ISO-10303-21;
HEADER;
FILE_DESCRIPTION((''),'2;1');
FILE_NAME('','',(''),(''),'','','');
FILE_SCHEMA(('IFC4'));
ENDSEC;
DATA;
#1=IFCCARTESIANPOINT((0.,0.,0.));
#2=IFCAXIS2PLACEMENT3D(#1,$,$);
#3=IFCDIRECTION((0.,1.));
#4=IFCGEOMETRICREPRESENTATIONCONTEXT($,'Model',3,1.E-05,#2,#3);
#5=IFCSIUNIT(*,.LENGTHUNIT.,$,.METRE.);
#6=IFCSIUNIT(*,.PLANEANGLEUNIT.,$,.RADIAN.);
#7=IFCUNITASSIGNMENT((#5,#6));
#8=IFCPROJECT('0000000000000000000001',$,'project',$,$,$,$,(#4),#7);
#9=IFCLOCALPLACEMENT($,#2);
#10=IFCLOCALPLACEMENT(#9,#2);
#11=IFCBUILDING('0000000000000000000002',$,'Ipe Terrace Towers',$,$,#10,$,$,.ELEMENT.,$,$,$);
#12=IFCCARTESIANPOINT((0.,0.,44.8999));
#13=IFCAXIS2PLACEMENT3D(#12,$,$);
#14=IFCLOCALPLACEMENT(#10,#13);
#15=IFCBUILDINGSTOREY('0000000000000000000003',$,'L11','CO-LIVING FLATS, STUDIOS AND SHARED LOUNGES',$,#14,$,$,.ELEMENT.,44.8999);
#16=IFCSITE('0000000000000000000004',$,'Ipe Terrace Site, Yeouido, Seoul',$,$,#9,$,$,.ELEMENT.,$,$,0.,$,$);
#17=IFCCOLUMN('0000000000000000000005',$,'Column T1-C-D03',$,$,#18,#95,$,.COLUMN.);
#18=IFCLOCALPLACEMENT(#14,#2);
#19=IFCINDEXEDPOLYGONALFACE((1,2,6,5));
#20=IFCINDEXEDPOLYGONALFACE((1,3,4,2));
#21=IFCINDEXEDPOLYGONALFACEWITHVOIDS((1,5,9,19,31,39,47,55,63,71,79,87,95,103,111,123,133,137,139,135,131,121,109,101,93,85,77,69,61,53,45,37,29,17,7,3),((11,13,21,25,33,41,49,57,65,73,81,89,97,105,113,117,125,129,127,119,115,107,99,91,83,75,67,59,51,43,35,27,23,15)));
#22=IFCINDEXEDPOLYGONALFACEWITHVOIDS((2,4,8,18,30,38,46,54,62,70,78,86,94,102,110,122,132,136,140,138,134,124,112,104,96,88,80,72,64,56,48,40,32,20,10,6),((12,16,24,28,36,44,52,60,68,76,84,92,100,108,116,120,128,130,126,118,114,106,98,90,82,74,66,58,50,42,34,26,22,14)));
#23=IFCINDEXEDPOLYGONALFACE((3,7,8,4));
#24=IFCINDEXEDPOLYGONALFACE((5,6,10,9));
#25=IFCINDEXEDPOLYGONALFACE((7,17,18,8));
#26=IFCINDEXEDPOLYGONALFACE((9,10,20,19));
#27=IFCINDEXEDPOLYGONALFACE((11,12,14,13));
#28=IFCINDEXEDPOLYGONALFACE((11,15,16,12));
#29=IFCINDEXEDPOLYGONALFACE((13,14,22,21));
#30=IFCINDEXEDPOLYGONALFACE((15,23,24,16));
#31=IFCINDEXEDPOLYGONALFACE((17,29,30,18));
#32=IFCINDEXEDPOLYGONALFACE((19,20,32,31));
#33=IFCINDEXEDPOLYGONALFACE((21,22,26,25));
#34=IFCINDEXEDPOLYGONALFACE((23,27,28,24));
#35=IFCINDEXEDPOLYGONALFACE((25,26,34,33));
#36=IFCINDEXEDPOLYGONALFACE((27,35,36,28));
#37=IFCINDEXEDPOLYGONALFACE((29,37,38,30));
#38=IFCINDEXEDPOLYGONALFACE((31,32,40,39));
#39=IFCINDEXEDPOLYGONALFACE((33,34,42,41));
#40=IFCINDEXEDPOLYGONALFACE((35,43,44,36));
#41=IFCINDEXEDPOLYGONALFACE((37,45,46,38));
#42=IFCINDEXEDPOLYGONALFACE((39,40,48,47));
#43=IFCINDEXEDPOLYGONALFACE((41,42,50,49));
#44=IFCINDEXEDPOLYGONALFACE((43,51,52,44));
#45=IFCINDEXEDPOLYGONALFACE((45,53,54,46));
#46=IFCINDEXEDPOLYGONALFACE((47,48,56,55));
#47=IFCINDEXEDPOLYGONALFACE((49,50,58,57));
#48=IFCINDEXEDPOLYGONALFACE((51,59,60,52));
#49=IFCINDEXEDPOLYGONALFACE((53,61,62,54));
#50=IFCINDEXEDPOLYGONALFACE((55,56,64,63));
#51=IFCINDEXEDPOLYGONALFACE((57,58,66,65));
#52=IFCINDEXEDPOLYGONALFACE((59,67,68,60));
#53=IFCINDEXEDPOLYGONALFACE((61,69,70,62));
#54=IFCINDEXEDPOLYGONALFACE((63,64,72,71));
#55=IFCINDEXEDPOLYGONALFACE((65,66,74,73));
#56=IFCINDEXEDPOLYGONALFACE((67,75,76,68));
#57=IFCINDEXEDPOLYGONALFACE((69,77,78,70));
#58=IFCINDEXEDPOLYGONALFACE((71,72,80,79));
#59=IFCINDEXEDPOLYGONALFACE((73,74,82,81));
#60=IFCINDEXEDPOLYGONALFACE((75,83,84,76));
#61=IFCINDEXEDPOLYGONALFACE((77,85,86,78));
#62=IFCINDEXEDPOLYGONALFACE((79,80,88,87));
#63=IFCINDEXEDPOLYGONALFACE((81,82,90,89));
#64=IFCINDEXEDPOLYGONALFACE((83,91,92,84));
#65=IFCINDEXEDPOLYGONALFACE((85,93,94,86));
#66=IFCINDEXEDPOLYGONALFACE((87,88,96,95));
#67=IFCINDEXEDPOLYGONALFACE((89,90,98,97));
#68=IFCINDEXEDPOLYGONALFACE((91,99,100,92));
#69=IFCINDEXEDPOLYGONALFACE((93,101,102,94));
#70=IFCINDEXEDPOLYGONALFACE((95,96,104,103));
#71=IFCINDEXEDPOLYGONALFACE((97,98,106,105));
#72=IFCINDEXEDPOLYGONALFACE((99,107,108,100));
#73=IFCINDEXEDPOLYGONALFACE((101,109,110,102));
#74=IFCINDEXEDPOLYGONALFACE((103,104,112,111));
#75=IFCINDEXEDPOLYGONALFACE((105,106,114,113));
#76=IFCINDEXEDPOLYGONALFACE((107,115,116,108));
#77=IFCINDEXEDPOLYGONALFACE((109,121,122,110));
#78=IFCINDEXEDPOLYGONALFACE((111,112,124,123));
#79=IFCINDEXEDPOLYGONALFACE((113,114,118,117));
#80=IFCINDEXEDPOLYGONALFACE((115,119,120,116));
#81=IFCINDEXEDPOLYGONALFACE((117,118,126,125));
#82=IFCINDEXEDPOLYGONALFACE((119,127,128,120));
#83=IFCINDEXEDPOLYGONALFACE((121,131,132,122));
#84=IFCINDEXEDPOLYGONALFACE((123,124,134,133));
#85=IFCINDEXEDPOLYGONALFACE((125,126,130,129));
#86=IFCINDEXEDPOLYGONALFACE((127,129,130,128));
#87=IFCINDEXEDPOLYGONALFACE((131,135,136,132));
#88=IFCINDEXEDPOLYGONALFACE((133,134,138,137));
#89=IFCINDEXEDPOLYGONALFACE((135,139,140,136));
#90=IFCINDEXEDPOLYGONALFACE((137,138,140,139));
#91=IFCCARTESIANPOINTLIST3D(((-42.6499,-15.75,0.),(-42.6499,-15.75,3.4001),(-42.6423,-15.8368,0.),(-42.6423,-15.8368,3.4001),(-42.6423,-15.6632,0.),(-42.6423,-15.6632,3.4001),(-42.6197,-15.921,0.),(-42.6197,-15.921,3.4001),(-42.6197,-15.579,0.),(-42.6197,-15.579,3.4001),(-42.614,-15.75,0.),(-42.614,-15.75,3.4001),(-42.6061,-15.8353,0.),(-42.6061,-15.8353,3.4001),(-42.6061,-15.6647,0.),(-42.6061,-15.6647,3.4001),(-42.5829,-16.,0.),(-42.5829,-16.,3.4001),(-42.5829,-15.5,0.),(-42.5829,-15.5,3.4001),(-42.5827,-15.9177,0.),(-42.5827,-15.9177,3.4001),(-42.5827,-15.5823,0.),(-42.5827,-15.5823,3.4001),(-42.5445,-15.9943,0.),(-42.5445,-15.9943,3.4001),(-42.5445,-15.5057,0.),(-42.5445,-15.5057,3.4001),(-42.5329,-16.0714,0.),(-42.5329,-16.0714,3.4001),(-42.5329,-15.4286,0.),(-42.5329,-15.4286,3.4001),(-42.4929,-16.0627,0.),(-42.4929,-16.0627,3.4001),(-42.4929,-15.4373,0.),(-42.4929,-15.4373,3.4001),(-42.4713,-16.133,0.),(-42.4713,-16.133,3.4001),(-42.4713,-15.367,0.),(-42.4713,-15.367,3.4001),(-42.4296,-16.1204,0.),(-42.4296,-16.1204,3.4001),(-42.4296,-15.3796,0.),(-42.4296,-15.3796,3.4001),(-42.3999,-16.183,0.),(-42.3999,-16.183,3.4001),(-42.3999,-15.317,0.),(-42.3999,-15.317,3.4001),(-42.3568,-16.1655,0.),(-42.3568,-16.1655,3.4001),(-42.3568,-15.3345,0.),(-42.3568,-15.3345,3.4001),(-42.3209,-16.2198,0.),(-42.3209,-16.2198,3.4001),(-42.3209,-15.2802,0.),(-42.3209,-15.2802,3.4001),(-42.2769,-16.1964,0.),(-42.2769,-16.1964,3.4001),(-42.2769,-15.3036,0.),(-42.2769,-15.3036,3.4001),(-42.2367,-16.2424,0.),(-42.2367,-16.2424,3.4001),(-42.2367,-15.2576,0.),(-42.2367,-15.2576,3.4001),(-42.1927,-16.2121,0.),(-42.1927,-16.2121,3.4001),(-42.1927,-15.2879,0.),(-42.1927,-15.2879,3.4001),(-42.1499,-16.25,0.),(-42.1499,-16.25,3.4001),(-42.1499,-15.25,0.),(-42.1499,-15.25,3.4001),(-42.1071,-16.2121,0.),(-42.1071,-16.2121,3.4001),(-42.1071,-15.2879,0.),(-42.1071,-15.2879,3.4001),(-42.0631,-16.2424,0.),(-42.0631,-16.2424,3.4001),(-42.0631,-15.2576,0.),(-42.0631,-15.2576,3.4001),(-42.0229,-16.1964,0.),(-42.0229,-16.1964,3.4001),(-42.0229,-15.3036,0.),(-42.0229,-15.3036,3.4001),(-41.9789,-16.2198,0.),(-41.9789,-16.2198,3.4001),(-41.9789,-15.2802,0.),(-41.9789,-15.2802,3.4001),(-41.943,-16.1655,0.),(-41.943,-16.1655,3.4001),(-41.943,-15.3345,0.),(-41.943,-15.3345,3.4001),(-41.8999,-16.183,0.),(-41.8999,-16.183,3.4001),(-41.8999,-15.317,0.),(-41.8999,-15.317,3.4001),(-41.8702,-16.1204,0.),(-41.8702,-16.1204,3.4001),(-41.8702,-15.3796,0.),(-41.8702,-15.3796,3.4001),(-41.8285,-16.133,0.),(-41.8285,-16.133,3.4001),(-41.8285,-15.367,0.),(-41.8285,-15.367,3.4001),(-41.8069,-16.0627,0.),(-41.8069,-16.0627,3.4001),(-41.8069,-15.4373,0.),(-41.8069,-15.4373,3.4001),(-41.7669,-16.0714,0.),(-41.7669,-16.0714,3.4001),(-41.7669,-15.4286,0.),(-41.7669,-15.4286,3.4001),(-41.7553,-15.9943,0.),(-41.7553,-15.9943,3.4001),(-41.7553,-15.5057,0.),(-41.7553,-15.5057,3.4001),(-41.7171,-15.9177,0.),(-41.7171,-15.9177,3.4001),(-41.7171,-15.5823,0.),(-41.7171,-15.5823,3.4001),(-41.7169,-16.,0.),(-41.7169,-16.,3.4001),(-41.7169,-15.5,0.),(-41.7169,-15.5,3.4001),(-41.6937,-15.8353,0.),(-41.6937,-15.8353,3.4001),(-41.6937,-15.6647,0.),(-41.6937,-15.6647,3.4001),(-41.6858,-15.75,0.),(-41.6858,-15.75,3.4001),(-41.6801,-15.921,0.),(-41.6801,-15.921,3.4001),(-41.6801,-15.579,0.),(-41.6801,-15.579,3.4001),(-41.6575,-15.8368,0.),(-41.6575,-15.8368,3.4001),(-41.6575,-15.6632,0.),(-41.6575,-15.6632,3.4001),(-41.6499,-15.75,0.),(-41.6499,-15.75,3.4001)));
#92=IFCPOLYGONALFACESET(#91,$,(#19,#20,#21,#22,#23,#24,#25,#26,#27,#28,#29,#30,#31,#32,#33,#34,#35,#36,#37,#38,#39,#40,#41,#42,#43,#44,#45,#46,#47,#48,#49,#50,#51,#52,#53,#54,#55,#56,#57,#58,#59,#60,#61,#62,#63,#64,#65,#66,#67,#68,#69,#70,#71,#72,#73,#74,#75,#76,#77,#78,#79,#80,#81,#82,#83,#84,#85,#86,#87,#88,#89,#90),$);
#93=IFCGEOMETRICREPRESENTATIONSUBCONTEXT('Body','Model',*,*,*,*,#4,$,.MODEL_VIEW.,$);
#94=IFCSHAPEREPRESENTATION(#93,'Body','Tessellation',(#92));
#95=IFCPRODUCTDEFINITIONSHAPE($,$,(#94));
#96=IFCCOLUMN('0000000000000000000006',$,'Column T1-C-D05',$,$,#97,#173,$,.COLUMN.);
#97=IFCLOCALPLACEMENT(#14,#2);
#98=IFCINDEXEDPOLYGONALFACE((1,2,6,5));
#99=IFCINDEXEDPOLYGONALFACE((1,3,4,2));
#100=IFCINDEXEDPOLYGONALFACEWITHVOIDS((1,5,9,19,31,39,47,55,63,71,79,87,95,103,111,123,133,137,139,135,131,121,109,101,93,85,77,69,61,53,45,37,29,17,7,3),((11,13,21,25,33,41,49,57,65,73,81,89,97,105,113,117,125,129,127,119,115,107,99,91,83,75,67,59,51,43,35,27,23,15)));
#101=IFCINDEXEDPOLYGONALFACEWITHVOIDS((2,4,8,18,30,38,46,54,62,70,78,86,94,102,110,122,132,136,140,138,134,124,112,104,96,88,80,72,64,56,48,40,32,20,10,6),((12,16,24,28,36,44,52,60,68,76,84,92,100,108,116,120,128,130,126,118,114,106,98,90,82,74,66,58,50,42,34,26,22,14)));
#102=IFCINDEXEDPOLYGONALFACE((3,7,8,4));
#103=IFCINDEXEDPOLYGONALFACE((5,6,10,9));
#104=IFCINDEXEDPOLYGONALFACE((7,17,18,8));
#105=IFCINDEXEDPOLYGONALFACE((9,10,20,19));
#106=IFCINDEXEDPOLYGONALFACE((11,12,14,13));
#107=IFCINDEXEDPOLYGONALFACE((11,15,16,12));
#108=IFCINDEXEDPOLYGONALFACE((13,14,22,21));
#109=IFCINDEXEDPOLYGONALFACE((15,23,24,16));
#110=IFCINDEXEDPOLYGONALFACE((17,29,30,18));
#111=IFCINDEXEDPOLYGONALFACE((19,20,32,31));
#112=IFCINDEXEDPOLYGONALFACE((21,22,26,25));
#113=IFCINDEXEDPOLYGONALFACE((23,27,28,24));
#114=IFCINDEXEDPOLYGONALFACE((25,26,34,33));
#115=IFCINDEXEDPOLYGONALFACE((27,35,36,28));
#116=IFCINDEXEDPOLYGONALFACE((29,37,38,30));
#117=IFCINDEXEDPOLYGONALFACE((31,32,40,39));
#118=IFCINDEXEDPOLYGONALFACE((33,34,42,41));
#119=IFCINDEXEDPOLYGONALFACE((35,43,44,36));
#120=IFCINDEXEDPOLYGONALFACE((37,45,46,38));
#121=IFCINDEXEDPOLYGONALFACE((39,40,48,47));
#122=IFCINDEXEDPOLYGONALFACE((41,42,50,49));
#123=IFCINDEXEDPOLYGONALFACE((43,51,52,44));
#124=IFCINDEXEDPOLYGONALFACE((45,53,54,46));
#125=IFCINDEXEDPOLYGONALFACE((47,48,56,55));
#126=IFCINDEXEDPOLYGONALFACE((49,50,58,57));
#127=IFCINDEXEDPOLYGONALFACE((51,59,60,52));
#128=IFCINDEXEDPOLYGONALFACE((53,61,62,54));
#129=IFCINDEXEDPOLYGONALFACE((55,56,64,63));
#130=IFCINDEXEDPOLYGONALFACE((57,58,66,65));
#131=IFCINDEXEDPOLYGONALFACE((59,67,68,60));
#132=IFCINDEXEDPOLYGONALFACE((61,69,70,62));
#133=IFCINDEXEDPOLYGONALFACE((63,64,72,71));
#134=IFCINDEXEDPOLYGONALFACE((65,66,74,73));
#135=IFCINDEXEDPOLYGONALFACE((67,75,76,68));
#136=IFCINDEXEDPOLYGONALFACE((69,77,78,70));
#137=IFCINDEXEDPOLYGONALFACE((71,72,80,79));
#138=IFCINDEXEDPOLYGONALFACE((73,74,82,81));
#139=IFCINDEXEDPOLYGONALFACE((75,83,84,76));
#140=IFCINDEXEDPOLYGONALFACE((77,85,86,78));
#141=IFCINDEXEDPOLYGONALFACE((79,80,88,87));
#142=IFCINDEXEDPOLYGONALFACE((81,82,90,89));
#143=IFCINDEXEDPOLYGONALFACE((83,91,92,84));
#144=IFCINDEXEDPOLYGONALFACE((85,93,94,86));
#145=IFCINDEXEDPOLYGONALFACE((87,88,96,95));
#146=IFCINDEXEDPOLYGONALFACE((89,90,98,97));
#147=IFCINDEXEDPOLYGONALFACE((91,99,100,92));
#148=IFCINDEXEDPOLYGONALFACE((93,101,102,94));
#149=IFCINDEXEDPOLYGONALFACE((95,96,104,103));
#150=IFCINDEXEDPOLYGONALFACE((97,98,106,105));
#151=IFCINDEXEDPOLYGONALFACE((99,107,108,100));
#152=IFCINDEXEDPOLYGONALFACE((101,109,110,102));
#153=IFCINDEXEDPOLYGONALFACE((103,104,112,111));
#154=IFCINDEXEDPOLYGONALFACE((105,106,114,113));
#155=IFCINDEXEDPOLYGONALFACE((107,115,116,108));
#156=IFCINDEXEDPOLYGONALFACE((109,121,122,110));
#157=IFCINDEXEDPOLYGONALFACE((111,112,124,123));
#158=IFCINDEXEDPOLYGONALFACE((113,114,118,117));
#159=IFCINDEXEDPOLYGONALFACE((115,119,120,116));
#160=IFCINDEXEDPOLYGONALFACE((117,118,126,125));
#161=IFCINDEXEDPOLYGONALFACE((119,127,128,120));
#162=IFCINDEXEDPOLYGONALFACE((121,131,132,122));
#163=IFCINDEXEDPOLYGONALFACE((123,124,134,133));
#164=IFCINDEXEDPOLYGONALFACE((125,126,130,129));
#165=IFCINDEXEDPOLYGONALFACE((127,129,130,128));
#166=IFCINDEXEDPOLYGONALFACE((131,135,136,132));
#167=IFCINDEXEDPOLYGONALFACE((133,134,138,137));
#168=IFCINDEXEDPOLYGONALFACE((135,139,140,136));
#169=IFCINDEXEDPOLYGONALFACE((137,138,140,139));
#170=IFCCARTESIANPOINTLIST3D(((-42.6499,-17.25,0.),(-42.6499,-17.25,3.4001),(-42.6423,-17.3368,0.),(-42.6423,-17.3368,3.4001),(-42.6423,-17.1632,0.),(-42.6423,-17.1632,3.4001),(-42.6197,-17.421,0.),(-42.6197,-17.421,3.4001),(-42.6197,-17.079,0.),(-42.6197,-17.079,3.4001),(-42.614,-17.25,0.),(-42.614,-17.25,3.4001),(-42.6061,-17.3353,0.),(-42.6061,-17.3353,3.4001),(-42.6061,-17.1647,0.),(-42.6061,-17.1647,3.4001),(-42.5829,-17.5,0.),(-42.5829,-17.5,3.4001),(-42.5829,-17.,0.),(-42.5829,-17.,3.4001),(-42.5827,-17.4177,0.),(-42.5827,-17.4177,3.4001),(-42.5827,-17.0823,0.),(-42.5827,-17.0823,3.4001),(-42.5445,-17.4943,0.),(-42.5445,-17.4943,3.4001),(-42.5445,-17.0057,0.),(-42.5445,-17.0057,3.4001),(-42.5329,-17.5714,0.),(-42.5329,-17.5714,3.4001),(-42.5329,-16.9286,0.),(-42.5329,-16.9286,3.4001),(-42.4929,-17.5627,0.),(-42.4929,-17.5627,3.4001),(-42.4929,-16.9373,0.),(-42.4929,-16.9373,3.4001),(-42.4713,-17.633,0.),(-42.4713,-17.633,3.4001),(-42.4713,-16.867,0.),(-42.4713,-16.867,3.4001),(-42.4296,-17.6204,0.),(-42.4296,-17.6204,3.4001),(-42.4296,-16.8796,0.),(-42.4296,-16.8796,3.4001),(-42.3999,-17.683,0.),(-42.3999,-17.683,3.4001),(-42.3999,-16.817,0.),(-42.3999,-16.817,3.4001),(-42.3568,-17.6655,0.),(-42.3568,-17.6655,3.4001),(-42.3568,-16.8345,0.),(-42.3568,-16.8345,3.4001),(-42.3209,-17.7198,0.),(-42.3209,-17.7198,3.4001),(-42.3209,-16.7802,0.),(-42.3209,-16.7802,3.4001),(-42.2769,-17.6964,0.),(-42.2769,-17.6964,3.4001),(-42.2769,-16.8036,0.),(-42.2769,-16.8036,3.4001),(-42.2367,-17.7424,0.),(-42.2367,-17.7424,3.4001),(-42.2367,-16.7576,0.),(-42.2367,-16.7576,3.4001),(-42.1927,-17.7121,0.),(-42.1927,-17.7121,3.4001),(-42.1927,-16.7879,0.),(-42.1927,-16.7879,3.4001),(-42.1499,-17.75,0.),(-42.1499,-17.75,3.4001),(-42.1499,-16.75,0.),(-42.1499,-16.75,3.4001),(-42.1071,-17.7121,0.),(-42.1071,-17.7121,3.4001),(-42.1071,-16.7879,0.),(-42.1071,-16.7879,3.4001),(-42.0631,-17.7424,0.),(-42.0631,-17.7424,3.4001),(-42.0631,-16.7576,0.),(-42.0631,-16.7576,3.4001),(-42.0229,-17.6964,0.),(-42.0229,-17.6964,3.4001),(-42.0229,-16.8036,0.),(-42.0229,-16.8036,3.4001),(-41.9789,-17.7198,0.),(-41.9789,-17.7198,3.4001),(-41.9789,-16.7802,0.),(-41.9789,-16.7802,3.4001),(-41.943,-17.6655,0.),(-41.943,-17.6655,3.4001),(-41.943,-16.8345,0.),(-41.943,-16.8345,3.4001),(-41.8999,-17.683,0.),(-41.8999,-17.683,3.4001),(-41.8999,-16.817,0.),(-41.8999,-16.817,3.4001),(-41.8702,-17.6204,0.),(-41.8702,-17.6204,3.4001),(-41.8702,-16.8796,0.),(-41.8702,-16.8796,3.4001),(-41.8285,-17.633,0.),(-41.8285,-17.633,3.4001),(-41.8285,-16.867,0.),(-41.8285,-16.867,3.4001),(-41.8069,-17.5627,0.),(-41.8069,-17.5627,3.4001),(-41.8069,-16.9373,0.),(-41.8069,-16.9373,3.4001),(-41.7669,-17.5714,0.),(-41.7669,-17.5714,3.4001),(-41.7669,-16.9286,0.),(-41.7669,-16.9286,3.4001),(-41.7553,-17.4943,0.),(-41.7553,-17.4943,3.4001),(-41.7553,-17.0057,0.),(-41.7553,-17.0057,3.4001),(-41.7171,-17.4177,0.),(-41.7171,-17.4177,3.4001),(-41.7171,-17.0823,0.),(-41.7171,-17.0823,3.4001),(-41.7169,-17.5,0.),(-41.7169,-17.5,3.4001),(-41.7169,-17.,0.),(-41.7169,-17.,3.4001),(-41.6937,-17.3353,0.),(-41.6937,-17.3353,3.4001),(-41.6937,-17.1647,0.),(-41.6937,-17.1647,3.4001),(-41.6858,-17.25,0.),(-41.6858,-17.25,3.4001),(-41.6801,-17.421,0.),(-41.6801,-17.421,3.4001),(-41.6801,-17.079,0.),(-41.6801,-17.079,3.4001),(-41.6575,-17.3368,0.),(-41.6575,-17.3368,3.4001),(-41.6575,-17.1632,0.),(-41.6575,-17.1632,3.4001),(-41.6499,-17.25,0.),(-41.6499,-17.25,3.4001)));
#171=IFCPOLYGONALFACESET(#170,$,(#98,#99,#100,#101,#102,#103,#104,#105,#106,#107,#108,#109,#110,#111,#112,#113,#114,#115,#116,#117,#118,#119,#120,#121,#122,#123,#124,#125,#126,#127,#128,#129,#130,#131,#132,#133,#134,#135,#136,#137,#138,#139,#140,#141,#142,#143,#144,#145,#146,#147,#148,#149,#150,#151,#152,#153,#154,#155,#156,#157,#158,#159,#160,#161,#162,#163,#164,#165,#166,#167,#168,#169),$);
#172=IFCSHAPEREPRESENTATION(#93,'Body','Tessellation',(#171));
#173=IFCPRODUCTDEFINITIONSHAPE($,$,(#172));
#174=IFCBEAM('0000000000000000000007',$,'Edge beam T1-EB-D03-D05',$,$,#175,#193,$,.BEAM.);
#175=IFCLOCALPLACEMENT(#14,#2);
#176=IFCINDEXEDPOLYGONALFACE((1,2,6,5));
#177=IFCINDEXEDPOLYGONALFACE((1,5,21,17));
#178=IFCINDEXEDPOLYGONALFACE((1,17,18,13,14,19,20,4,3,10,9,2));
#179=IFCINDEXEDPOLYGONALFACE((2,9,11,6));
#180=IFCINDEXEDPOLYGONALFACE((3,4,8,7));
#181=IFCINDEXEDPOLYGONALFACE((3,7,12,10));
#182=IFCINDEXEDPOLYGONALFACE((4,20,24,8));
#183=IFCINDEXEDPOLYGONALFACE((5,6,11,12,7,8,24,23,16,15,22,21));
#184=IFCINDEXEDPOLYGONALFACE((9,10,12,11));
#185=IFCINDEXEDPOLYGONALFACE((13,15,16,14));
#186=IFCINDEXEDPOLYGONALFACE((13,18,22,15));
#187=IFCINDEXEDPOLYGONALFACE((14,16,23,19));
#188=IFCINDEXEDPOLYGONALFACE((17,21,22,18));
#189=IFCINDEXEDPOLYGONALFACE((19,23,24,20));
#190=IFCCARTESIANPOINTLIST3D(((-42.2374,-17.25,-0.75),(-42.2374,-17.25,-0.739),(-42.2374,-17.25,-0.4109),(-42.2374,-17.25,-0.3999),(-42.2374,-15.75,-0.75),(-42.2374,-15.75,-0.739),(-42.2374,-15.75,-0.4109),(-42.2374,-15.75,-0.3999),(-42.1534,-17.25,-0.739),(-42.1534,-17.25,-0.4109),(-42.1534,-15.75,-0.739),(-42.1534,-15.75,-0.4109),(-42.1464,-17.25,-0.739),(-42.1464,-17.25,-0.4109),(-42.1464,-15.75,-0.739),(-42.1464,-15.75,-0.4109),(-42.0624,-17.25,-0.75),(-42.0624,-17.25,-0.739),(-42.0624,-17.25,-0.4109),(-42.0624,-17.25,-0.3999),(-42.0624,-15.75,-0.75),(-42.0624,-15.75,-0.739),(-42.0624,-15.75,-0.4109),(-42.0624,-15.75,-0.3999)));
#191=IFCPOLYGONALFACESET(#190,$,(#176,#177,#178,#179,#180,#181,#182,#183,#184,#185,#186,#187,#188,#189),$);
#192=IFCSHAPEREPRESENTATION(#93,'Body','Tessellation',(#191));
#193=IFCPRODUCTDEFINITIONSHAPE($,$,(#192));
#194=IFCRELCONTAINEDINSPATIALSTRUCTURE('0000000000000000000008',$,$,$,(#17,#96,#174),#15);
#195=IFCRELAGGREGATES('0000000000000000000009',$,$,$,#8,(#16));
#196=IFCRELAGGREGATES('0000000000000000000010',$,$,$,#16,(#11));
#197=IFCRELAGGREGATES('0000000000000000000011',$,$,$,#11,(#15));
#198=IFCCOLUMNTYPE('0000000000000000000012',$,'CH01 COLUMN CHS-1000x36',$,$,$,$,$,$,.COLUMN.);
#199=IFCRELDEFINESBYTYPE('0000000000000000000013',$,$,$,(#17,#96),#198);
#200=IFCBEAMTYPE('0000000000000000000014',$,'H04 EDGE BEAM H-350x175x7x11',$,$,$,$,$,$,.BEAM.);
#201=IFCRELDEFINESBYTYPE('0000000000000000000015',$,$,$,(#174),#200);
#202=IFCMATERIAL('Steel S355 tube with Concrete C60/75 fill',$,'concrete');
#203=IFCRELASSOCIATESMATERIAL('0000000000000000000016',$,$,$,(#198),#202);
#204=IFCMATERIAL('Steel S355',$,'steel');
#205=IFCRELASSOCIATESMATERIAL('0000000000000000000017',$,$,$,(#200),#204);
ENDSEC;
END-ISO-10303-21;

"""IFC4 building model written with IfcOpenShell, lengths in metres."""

from ifc_helpers import new_model, si_unit, direction, frame, origin, origin_2d, place, context, subcontext, project, spatial, hollow_circle, i_section, extrude, material, material_profile, profile_set, type_object, element, save


model = new_model("IFC4")

# Units and contexts
model_context = context("Model", 3, precision=1e-05, world=origin(), true_north=direction((0.0, 1.0)))
body_context = subcontext(model_context, "Body", "Model", "MODEL_VIEW")
ifc_project = project(units=[si_unit("LENGTHUNIT", "METRE"), si_unit("PLANEANGLEUNIT", "RADIAN")], contexts=[model_context])

# Site, building, storey
site_placement = place(None, origin())
site = spatial("IfcSite", under=ifc_project, at=site_placement, Name="Ipe Terrace Site, Yeouido, Seoul", CompositionType="ELEMENT", RefElevation=0.0)
building_placement = place(site_placement, origin())
building = spatial("IfcBuilding", under=site, at=building_placement, Name="Ipe Terrace Towers", CompositionType="ELEMENT")
storey_placement = place(building_placement, frame((0.0, 0.0, 44.8999)))
storey = spatial("IfcBuildingStorey", under=building, at=storey_placement, Name="L11", Description="CO-LIVING FLATS, STUDIOS AND SHARED LOUNGES", CompositionType="ELEMENT", Elevation=44.8999)

# Columns
ifc_material_1 = material(Name="Steel S355 tube with Concrete C60/75 fill", Category="concrete")
ifc_material_profile_1 = material_profile(ifc_material_1, hollow_circle(Radius=0.5, WallThickness=0.0359, at=origin_2d()), Name="CHS-1000x36")
ifc_profile_set_1 = profile_set([ifc_material_profile_1], Name="Steel S355 tube with Concrete C60/75 fill")
column_type = type_object("IfcColumnType", Name="CH01 COLUMN CHS-1000x36", PredefinedType="COLUMN", material=ifc_profile_set_1)
for number, where, z_axis, x_axis, name in (
    (1, (-42.1499, -15.75, 0.0), (0.0, 0.0, 1.0), (1.0, 0.0, 0.0), "Column T1-C-D03"),
    (2, (-42.1499, -17.25, 0.0), (0.0, 0.0, 1.0), (1.0, 0.0, 0.0), "Column T1-C-D05"),
):
    element("IfcColumn", number, at=place(storey_placement, frame(where, z_axis=z_axis, x_axis=x_axis)), inside=storey, type_object=column_type, Name=name, PredefinedType="COLUMN", context=body_context, shape_type="SweptSolid", body=[
        extrude(hollow_circle(Radius=0.5, WallThickness=0.0359, at=origin_2d()), origin(), (0.0, 0.0, 1.0), 3.4001),
    ])

# Beam
ifc_material_2 = material(Name="Steel S355", Category="steel")
ifc_material_profile_2 = material_profile(ifc_material_2, i_section(OverallWidth=0.175, OverallDepth=0.3501, WebThickness=0.0071, FlangeThickness=0.011, at=origin_2d()), Name="H-350x175x7x11")
ifc_profile_set_2 = profile_set([ifc_material_profile_2], Name="Steel S355")
beam_type = type_object("IfcBeamType", Name="H04 EDGE BEAM H-350x175x7x11", PredefinedType="BEAM", material=ifc_profile_set_2)
beam_placement = place(storey_placement, frame((-42.1499, -15.75, -0.575), z_axis=(0.0, -1.0, 0.0), x_axis=(1.0, 0.0, 0.0)))
element("IfcBeam", 3, at=beam_placement, inside=storey, type_object=beam_type, Name="Edge beam T1-EB-D03-D05", PredefinedType="BEAM", context=body_context, shape_type="SweptSolid", body=[
    extrude(i_section(OverallWidth=0.175, OverallDepth=0.3501, WebThickness=0.0071, FlangeThickness=0.011, at=origin_2d()), origin(), (0.0, 0.0, 1.0), 1.5),
])

save(model, "model.ifc")
